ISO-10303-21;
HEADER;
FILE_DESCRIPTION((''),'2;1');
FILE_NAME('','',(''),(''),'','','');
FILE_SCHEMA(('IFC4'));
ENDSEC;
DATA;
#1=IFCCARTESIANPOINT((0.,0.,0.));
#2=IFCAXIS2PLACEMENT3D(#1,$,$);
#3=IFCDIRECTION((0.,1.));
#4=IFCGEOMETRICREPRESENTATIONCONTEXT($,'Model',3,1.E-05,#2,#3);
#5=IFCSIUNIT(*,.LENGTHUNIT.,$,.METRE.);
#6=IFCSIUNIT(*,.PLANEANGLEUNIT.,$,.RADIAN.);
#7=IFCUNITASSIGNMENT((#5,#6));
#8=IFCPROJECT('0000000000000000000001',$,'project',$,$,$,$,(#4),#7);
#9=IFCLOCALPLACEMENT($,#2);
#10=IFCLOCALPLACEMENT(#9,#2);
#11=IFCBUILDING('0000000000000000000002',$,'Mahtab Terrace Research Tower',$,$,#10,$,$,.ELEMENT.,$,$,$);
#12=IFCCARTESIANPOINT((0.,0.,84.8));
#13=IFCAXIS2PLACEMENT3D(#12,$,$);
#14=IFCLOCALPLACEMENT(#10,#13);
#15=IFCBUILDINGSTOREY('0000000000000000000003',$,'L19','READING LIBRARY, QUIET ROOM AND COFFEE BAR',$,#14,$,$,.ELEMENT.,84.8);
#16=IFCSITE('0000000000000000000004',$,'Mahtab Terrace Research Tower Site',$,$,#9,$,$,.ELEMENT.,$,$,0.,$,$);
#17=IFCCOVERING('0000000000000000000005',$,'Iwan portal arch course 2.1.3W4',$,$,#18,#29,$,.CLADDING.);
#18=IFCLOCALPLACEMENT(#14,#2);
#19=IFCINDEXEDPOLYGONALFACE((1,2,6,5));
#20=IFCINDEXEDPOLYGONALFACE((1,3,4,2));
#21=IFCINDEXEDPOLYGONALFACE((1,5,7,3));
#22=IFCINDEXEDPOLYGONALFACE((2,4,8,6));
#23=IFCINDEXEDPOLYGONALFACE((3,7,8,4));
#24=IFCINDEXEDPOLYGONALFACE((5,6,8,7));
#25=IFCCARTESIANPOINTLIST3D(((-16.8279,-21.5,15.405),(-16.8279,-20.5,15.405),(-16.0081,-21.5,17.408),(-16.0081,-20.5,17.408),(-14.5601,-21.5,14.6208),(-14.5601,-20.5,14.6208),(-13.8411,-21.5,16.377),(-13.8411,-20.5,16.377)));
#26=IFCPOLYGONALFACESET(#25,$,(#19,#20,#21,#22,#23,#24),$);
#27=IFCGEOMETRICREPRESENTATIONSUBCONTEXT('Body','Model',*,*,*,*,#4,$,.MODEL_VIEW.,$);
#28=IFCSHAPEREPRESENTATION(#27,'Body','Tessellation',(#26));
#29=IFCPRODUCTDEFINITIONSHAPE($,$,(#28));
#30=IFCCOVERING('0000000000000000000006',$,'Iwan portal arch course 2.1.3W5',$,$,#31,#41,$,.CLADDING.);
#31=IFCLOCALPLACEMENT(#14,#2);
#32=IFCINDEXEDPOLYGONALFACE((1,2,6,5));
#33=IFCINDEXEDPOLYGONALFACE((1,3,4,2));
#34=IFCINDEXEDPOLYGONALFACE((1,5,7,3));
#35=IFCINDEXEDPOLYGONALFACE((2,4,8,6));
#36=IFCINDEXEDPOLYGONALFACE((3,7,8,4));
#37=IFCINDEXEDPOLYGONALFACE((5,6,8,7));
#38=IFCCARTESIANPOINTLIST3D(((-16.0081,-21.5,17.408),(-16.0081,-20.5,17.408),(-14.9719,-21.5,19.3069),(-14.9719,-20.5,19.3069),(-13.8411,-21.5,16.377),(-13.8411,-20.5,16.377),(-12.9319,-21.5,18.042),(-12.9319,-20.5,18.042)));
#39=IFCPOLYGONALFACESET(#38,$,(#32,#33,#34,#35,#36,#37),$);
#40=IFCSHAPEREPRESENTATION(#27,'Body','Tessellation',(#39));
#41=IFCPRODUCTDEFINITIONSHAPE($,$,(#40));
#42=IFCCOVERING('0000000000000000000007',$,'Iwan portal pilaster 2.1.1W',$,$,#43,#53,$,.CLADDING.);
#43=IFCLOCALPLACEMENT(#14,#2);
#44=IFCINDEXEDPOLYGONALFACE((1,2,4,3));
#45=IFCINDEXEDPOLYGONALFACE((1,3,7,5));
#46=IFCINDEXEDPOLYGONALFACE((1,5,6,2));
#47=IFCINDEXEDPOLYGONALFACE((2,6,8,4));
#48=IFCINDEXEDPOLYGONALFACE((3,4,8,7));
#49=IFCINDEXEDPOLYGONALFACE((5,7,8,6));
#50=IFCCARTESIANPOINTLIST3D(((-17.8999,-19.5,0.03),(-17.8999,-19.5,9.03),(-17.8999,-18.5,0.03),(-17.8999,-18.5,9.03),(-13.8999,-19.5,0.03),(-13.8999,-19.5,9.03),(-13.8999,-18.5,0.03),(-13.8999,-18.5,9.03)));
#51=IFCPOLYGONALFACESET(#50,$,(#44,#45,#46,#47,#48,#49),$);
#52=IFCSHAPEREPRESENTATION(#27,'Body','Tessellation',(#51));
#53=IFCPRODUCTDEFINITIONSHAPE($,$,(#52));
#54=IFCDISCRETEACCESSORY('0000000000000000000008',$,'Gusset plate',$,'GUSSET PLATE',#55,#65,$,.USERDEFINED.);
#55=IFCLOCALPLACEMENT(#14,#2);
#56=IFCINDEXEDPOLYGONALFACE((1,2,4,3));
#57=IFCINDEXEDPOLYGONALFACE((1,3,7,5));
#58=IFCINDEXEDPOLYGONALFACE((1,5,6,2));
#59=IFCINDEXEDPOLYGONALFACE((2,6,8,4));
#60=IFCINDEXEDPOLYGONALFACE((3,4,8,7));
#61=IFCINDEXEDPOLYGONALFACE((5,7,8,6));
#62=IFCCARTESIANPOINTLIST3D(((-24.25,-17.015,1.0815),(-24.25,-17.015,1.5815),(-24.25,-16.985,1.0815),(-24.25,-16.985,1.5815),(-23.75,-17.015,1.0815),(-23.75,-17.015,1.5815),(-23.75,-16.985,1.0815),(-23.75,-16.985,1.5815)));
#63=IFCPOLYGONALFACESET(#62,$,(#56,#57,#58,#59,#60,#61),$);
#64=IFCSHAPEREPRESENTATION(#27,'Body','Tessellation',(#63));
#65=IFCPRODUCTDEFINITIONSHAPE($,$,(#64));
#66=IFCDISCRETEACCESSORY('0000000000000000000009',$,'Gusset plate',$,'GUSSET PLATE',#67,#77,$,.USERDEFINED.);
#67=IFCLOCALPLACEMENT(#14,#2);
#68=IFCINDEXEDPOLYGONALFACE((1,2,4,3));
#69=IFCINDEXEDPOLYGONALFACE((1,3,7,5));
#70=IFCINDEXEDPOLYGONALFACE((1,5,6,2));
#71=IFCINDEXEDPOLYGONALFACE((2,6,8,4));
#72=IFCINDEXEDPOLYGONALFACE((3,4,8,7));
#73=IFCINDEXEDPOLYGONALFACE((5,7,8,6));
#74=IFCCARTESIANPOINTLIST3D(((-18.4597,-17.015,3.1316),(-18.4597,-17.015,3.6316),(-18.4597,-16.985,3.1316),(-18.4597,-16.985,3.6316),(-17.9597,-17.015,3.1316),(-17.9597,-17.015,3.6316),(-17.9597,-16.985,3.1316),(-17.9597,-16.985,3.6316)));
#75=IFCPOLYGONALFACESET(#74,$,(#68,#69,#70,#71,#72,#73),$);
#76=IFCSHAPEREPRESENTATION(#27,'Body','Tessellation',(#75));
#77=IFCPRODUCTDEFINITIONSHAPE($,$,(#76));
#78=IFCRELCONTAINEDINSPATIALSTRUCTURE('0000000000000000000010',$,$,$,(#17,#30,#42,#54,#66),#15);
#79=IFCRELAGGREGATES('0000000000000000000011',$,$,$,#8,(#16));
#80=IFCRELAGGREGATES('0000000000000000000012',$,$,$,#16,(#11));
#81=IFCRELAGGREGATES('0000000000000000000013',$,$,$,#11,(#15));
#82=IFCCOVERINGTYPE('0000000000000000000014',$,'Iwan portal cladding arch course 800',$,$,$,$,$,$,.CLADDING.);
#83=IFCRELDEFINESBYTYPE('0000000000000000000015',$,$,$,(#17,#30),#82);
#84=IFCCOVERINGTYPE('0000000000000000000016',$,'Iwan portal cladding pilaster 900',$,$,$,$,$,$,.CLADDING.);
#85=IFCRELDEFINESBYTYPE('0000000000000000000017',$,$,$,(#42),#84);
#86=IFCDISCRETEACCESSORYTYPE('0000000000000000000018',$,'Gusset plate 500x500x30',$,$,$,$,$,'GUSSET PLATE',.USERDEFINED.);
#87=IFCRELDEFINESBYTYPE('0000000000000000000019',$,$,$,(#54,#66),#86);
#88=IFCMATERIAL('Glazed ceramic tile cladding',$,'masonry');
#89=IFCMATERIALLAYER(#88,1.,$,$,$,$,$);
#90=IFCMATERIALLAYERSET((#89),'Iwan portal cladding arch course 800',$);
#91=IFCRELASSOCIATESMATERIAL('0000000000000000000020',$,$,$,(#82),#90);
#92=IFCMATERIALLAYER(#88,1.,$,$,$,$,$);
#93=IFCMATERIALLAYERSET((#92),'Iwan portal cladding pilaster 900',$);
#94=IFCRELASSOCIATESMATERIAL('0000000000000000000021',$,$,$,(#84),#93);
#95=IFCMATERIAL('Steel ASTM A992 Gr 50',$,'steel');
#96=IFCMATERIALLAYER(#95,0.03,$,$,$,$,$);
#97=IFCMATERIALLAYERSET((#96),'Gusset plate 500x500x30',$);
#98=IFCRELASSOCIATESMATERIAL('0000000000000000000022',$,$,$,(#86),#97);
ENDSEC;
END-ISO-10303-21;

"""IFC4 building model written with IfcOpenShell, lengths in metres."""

from ifc_helpers import new_model, si_unit, direction, frame, origin, origin_2d, place, context, subcontext, project, spatial, polyline, rectangle, outline, extrude, material, layer, layer_set, type_object, element, save


model = new_model("IFC4")

# Units and contexts
model_context = context("Model", 3, precision=1e-05, world=origin(), true_north=direction((0.0, 1.0)))
body_context = subcontext(model_context, "Body", "Model", "MODEL_VIEW")
ifc_project = project(units=[si_unit("LENGTHUNIT", "METRE"), si_unit("PLANEANGLEUNIT", "RADIAN")], contexts=[model_context])

# Site, building, storey
site_placement = place(None, origin())
site = spatial("IfcSite", under=ifc_project, at=site_placement, Name="Mahtab Terrace Research Tower Site", CompositionType="ELEMENT", RefElevation=0.0)
building_placement = place(site_placement, origin())
building = spatial("IfcBuilding", under=site, at=building_placement, Name="Mahtab Terrace Research Tower", CompositionType="ELEMENT")
storey_placement = place(building_placement, frame((0.0, 0.0, 84.8)))
storey = spatial("IfcBuildingStorey", under=building, at=storey_placement, Name="L19", Description="READING LIBRARY, QUIET ROOM AND COFFEE BAR", CompositionType="ELEMENT", Elevation=84.8)

# Coverings
ifc_material_1 = material(Name="Glazed ceramic tile cladding", Category="masonry")
ifc_layer_1 = layer(ifc_material_1, 1.0)
ifc_layer_set_1 = layer_set([ifc_layer_1], Name="Iwan portal cladding arch course 800")
covering_type_1 = type_object("IfcCoveringType", Name="Iwan portal cladding arch course 800", PredefinedType="CLADDING", material=ifc_layer_set_1)
covering_1_placement = place(storey_placement, frame((-16.8279, -20.5, 15.405), z_axis=(0.0, 1.0, 0.0), x_axis=(0.378809, 0.0, 0.925475)))
element("IfcCovering", 1, at=covering_1_placement, inside=storey, type_object=covering_type_1, Name="Iwan portal arch course 2.1.3W4", PredefinedType="CLADDING", context=body_context, shape_type="SweptSolid", body=[
    extrude(outline(polyline([(0.0, 0.0), (2.1642, 0.0), (2.0309, 2.3961), (0.1333, 2.3959), (0.0, 0.0)])), origin(), (0.0, 0.0, -1.0), 1.0),
])
covering_2_placement = place(storey_placement, frame((-16.0081, -20.5, 17.408), z_axis=(0.0, 1.0, 0.0), x_axis=(0.478979, 0.0, 0.877827)))
element("IfcCovering", 2, at=covering_2_placement, inside=storey, type_object=covering_type_1, Name="Iwan portal arch course 2.1.3W5", PredefinedType="CLADDING", context=body_context, shape_type="SweptSolid", body=[
    extrude(outline(polyline([(0.0, 0.0), (2.1632, 0.0), (2.03, 2.3967), (0.1329, 2.3961), (0.0, 0.0)])), origin(), (0.0, 0.0, -1.0), 1.0),
])
ifc_layer_2 = layer(ifc_material_1, 1.0)
ifc_layer_set_2 = layer_set([ifc_layer_2], Name="Iwan portal cladding pilaster 900")
covering_type_2 = type_object("IfcCoveringType", Name="Iwan portal cladding pilaster 900", PredefinedType="CLADDING", material=ifc_layer_set_2)
covering_3_placement = place(storey_placement, frame((-15.8999, -19.0, 0.03), z_axis=(0.0, 0.0, 1.0), x_axis=(1.0, 0.0, 0.0)))
element("IfcCovering", 3, at=covering_3_placement, inside=storey, type_object=covering_type_2, Name="Iwan portal pilaster 2.1.1W", PredefinedType="CLADDING", context=body_context, shape_type="SweptSolid", body=[
    extrude(rectangle(XDim=4.0, YDim=1.0, at=origin_2d()), origin(), (0.0, 0.0, 1.0), 9.0),
])

# Discrete accessories
ifc_material_2 = material(Name="Steel ASTM A992 Gr 50", Category="steel")
ifc_layer_3 = layer(ifc_material_2, 0.03)
ifc_layer_set_3 = layer_set([ifc_layer_3], Name="Gusset plate 500x500x30")
discrete_accessory_type = type_object("IfcDiscreteAccessoryType", Name="Gusset plate 500x500x30", ElementType="GUSSET PLATE", PredefinedType="USERDEFINED", material=ifc_layer_set_3)
for number, where, z_axis, x_axis, name in (
    (4, (-24.0, -17.0, 1.0815), (0.0, 0.0, 1.0), (1.0, 0.0, 0.0), "Gusset plate"),
    (5, (-18.2097, -17.0, 3.1316), (0.0, 0.0, 1.0), (1.0, 0.0, 0.0), "Gusset plate"),
):
    element("IfcDiscreteAccessory", number, at=place(storey_placement, frame(where, z_axis=z_axis, x_axis=x_axis)), inside=storey, type_object=discrete_accessory_type, Name=name, ObjectType="GUSSET PLATE", PredefinedType="USERDEFINED", context=body_context, shape_type="SweptSolid", body=[
        extrude(rectangle(XDim=0.5, YDim=0.03, at=origin_2d()), origin(), (0.0, 0.0, 1.0), 0.5),
    ])

save(model, "model.ifc")
